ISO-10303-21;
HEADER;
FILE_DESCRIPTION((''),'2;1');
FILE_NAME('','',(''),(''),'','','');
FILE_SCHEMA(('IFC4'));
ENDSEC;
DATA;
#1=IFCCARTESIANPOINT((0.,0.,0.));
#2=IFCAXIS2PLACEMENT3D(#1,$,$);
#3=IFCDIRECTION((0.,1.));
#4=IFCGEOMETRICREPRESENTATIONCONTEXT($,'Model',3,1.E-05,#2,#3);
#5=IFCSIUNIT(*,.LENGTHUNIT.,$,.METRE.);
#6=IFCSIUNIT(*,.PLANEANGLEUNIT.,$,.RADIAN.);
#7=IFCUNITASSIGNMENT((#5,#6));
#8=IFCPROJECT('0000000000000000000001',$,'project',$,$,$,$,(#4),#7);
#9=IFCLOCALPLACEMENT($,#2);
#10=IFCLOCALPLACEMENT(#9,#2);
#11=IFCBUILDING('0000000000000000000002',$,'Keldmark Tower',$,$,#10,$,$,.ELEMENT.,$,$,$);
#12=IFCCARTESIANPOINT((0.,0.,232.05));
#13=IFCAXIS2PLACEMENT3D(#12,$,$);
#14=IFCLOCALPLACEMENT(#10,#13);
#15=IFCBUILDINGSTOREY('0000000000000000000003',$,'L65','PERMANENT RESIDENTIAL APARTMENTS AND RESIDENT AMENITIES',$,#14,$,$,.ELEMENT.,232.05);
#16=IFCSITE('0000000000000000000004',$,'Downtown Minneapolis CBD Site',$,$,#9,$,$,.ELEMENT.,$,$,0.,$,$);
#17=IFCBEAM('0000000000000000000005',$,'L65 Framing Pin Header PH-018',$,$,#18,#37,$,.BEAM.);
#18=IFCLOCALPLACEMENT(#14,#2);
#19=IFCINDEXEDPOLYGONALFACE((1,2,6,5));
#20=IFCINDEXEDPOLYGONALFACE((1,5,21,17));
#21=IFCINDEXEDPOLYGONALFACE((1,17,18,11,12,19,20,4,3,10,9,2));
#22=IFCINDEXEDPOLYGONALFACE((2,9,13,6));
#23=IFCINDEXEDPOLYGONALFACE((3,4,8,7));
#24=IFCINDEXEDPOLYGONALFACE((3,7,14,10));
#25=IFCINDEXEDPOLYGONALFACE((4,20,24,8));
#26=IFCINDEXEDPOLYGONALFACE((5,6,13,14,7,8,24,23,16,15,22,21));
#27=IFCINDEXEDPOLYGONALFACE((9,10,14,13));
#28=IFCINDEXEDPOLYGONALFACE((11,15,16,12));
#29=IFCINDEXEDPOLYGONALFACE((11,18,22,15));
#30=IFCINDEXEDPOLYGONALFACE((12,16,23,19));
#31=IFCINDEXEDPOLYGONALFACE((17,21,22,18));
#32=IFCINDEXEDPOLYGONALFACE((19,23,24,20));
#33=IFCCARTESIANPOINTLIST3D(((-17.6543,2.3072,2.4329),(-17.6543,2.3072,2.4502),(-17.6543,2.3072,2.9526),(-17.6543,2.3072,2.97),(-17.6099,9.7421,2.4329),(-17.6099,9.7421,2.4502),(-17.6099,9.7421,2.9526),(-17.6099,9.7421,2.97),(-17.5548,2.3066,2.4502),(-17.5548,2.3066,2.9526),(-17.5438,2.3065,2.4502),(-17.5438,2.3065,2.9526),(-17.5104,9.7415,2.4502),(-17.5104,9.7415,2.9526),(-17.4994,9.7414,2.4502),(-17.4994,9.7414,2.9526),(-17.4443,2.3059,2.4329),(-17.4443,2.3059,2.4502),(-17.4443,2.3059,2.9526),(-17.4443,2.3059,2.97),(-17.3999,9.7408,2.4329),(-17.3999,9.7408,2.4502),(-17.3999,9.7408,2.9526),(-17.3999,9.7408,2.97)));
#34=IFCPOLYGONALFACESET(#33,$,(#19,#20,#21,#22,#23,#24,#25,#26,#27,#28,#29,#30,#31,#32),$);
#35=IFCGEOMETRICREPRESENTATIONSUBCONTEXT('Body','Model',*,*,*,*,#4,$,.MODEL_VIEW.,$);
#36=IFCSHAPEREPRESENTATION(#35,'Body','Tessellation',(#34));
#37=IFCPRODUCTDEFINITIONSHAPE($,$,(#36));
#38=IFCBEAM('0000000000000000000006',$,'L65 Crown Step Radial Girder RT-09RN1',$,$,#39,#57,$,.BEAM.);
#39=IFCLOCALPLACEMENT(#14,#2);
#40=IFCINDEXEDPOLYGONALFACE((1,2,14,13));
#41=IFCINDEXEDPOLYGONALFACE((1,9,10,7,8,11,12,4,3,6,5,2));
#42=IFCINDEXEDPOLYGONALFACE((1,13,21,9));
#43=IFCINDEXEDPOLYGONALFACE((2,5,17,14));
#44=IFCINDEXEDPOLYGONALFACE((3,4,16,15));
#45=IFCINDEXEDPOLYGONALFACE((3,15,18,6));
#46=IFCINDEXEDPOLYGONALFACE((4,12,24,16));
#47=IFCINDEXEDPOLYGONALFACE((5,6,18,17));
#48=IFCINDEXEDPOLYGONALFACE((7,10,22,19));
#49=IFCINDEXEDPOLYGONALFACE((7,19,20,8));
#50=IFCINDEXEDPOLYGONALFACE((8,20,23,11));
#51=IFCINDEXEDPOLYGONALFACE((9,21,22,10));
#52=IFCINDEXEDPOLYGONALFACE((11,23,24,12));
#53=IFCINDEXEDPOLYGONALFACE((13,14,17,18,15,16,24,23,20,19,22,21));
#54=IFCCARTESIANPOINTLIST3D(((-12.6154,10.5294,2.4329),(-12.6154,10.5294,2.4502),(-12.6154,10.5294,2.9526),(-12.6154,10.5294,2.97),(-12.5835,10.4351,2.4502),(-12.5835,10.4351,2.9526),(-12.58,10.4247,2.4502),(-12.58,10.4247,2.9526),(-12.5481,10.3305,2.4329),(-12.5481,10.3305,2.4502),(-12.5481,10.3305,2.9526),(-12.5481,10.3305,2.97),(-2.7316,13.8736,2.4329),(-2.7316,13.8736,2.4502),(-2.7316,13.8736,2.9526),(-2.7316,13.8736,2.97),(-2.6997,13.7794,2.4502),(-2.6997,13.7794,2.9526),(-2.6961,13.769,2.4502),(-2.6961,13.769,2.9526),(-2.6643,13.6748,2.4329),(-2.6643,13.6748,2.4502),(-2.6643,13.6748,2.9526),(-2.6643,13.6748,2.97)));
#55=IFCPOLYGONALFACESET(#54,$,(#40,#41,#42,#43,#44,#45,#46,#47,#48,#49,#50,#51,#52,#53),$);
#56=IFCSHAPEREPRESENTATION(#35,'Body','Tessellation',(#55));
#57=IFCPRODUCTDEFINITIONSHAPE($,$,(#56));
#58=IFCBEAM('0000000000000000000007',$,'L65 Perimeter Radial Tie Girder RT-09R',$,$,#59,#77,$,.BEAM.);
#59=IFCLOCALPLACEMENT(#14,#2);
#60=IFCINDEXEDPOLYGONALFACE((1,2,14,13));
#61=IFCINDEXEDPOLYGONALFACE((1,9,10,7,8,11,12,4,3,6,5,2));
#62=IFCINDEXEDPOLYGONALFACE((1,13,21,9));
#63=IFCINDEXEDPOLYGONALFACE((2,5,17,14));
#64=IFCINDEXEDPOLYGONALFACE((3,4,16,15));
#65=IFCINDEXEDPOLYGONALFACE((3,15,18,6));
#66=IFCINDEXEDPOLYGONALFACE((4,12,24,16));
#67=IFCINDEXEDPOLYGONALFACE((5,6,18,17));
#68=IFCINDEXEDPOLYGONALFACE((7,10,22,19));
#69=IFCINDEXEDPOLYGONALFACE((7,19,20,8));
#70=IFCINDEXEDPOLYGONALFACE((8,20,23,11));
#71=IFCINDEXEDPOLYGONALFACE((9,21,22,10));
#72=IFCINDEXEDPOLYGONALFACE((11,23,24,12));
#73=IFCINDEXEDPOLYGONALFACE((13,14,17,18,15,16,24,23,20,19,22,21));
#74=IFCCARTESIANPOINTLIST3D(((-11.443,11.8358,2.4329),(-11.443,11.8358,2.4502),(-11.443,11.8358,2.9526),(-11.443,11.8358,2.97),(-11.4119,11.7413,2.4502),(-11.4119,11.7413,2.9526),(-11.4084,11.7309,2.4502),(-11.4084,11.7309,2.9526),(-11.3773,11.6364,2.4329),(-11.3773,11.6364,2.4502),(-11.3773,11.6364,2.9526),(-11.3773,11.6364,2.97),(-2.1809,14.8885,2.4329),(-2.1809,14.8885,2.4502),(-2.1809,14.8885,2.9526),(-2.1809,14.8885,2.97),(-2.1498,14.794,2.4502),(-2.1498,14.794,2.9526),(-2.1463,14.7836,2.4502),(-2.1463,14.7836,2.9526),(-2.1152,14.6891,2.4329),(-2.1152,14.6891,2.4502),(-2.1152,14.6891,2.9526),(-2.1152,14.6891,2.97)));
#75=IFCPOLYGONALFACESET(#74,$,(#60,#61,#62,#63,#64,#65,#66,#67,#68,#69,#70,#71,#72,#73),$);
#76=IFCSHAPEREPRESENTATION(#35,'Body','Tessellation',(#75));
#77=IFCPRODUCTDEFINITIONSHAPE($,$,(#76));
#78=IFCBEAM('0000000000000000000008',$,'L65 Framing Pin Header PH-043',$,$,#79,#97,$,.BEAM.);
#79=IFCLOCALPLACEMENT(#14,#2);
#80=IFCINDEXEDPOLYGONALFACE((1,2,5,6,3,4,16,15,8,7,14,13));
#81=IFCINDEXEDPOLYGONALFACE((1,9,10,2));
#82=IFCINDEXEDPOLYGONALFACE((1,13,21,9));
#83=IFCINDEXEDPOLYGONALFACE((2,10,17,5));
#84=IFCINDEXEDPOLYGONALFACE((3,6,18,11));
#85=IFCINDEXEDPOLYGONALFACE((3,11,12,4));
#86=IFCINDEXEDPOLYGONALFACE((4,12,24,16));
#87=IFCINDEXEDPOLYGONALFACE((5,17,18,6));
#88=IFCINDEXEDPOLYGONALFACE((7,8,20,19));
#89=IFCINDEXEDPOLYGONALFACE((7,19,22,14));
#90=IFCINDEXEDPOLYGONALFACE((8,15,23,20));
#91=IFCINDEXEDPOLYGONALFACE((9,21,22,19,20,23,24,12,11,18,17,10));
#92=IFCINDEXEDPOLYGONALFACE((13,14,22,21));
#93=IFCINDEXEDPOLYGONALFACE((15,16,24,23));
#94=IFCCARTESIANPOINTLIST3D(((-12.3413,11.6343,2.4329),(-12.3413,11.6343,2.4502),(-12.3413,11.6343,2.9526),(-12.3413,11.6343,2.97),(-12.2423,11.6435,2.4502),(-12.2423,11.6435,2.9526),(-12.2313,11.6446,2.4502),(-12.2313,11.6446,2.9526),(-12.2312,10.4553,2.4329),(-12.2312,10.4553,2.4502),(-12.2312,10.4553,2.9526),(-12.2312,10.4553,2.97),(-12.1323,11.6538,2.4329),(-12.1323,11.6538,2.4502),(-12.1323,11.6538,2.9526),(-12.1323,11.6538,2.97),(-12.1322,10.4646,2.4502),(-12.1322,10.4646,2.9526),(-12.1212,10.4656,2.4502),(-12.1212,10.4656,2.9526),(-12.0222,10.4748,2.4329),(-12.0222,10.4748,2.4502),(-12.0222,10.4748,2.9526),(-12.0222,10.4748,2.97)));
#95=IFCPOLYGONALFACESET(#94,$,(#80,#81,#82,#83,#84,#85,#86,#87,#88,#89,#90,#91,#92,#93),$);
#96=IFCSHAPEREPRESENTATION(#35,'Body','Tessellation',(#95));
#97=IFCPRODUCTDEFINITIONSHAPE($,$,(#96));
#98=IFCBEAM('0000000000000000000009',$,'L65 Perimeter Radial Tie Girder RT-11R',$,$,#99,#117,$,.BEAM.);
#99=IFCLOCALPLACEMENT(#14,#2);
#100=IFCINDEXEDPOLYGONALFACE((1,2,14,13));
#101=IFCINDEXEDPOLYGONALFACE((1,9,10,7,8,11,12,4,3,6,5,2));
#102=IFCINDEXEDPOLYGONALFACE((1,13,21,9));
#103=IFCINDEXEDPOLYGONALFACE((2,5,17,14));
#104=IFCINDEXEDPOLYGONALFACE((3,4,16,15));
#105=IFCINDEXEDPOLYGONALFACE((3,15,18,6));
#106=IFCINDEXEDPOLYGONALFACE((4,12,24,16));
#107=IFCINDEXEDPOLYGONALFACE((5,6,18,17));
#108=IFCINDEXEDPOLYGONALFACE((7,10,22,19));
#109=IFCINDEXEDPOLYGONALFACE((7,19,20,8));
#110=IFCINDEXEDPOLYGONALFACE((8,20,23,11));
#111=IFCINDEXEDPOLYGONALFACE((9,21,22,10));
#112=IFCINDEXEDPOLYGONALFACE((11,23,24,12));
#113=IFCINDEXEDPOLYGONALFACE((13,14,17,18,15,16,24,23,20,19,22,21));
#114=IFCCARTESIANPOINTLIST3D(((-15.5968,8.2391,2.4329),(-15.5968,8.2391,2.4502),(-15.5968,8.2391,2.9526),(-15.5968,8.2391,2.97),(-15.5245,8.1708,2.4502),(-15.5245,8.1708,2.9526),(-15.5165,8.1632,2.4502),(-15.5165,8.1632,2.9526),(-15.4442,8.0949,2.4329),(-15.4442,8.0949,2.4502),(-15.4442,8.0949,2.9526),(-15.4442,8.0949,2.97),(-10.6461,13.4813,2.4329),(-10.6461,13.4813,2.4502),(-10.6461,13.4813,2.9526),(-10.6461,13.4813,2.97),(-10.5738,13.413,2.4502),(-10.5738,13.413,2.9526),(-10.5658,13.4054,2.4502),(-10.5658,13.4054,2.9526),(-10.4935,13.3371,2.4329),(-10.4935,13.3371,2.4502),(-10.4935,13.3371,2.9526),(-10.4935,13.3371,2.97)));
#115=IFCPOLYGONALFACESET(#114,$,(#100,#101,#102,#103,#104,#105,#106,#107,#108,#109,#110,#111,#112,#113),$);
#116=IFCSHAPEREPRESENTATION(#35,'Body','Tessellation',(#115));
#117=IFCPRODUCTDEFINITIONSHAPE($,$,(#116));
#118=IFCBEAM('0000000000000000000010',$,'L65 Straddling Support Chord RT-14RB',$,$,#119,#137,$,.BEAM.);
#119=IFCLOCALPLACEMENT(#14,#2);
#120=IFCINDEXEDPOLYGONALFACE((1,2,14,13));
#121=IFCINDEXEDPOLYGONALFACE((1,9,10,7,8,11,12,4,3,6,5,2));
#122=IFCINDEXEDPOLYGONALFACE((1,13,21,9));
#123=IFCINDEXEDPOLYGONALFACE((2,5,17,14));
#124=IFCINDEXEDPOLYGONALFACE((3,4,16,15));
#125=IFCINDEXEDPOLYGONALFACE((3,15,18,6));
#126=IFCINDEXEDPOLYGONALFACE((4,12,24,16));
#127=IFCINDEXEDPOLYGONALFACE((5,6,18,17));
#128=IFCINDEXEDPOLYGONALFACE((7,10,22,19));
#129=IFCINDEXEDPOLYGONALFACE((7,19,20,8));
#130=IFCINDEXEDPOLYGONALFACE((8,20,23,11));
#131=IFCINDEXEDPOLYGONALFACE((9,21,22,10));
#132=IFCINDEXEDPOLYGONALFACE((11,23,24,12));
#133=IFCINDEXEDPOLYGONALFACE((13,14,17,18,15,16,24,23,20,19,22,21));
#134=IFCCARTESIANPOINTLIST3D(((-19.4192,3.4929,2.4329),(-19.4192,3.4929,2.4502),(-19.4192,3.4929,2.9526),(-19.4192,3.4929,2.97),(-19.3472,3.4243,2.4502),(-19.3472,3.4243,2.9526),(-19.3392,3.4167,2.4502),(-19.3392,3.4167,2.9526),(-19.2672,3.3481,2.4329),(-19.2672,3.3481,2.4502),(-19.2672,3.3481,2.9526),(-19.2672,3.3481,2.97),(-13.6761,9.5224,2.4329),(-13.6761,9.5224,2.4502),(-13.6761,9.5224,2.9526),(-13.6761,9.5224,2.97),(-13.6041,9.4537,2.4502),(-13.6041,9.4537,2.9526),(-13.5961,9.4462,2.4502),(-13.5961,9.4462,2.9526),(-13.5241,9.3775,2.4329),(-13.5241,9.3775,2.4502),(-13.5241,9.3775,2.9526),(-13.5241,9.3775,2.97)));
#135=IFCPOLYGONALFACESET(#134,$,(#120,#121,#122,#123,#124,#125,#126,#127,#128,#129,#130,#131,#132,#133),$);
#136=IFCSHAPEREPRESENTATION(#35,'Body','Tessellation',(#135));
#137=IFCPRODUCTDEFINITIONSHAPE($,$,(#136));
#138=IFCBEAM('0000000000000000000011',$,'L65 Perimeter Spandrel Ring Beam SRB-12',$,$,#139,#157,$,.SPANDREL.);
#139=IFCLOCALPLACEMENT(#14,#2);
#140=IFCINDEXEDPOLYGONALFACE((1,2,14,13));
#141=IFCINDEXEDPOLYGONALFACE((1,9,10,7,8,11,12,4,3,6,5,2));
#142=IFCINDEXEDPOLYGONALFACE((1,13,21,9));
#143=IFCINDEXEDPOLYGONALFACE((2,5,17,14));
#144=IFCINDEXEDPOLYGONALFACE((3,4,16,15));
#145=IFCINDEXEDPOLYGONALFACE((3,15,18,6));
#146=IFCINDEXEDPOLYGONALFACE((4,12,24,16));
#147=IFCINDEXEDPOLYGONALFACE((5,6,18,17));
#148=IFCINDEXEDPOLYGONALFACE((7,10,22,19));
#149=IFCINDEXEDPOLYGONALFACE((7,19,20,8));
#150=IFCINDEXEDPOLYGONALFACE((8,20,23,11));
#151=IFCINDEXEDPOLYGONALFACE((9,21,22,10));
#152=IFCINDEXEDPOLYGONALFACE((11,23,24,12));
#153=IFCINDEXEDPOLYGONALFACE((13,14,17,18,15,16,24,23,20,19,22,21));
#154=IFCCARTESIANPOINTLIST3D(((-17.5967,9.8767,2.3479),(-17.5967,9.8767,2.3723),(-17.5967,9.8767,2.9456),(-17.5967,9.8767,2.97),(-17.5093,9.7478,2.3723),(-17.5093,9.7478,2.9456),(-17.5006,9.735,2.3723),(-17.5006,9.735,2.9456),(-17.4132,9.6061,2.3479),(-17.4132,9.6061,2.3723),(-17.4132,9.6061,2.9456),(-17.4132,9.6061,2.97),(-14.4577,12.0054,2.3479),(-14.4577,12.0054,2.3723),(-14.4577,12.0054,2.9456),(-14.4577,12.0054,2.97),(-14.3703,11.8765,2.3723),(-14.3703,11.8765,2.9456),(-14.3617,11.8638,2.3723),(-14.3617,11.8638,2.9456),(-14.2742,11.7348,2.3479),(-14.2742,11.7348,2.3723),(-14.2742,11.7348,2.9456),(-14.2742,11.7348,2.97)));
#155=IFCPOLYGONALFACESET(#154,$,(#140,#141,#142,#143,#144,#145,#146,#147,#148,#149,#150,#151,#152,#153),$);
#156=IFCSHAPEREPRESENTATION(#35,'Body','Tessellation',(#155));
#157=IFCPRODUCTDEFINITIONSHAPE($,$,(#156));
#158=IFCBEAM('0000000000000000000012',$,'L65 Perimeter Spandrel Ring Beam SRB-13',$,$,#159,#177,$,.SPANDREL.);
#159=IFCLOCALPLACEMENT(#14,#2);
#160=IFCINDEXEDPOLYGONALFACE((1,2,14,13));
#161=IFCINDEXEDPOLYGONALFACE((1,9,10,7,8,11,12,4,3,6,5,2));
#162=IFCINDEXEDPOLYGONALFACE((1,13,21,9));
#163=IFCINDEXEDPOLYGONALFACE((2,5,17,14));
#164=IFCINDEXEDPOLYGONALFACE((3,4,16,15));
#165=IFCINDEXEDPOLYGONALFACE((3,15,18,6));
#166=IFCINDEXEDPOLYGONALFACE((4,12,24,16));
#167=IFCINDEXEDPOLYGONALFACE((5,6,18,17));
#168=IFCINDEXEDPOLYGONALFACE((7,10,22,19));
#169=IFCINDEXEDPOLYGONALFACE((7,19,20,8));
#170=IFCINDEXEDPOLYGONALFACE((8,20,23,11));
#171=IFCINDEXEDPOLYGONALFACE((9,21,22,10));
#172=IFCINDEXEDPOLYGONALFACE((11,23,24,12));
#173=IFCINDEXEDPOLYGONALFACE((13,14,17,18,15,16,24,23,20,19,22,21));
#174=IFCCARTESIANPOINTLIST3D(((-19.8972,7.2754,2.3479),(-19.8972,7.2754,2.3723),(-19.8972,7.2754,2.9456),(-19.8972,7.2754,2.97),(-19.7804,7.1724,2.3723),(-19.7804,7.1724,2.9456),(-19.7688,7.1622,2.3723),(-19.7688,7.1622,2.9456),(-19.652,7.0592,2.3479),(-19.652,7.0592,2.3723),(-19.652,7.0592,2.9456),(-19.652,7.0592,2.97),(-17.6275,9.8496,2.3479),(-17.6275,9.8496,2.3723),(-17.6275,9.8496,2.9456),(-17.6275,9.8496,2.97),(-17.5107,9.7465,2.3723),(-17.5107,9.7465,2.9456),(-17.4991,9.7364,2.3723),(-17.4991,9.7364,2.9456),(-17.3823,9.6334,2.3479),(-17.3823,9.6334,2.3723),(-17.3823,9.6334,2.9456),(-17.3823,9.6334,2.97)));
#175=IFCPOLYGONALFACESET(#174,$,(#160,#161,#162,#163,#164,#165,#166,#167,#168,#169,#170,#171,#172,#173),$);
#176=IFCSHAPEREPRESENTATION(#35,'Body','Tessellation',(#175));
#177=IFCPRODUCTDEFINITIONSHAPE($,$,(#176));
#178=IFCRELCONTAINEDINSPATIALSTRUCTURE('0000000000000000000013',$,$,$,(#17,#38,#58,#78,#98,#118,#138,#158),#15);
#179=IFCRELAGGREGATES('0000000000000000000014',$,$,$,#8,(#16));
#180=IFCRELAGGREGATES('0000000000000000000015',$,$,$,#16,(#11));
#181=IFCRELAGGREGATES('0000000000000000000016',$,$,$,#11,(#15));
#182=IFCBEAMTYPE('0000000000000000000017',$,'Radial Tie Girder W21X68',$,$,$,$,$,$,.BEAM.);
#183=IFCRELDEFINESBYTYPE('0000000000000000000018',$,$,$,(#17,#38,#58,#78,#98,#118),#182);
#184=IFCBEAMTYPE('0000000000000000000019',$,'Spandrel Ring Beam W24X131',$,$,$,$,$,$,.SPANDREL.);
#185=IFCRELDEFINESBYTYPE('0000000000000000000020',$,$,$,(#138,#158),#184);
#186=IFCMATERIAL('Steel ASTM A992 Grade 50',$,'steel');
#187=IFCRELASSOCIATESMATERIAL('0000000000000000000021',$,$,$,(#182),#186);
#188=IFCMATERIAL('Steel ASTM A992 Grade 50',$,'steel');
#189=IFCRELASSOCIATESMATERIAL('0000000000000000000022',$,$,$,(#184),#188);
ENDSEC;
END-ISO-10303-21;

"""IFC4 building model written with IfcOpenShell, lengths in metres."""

from ifc_helpers import new_model, si_unit, direction, frame, origin, origin_2d, place, context, subcontext, project, spatial, i_section, extrude, material, material_profile, profile_set, type_object, element, save


model = new_model("IFC4")

# Units and contexts
model_context = context("Model", 3, precision=1e-05, world=origin(), true_north=direction((0.0, 1.0)))
body_context = subcontext(model_context, "Body", "Model", "MODEL_VIEW")
ifc_project = project(units=[si_unit("LENGTHUNIT", "METRE"), si_unit("PLANEANGLEUNIT", "RADIAN")], contexts=[model_context])

# Site, building, storey
site_placement = place(None, origin())
site = spatial("IfcSite", under=ifc_project, at=site_placement, Name="Downtown Minneapolis CBD Site", CompositionType="ELEMENT", RefElevation=0.0)
building_placement = place(site_placement, origin())
building = spatial("IfcBuilding", under=site, at=building_placement, Name="Keldmark Tower", CompositionType="ELEMENT")
storey_placement = place(building_placement, frame((0.0, 0.0, 232.05)))
storey = spatial("IfcBuildingStorey", under=building, at=storey_placement, Name="L65", Description="PERMANENT RESIDENTIAL APARTMENTS AND RESIDENT AMENITIES", CompositionType="ELEMENT", Elevation=232.05)

# Beams
ifc_material_1 = material(Name="Steel ASTM A992 Grade 50", Category="steel")
ifc_material_profile_1 = material_profile(ifc_material_1, i_section(OverallWidth=0.21, OverallDepth=0.5371, WebThickness=0.011, FlangeThickness=0.0173, at=origin_2d()), Name="W21X68")
ifc_profile_set_1 = profile_set([ifc_material_profile_1], Name="Steel ASTM A992 Grade 50")
beam_type_1 = type_object("IfcBeamType", Name="Radial Tie Girder W21X68", PredefinedType="BEAM", material=ifc_profile_set_1)
beam_1_placement = place(storey_placement, frame((-17.5049, 9.7415, 2.7014), z_axis=(-0.005976, -0.999982, 0.0), x_axis=(0.999982, -0.005976, 0.0)))
element("IfcBeam", 1, at=beam_1_placement, inside=storey, type_object=beam_type_1, Name="L65 Framing Pin Header PH-018", PredefinedType="BEAM", context=body_context, shape_type="SweptSolid", body=[
    extrude(i_section(OverallWidth=0.21, OverallDepth=0.5371, WebThickness=0.011, FlangeThickness=0.0173, at=origin_2d()), origin(), (0.0, 0.0, 1.0), 7.4351),
])
beam_2_placement = place(storey_placement, frame((-12.5818, 10.4299, 2.7014), z_axis=(0.947246, 0.320506, 0.0), x_axis=(-0.320506, 0.947246, 0.0)))
element("IfcBeam", 2, at=beam_2_placement, inside=storey, type_object=beam_type_1, Name="L65 Crown Step Radial Girder RT-09RN1", PredefinedType="BEAM", context=body_context, shape_type="SweptSolid", body=[
    extrude(i_section(OverallWidth=0.21, OverallDepth=0.5371, WebThickness=0.011, FlangeThickness=0.0173, at=origin_2d()), origin(), (0.0, 0.0, 1.0), 10.4343),
])
beam_3_placement = place(storey_placement, frame((-11.4102, 11.7361, 2.7014), z_axis=(0.949744, 0.313027, 0.0), x_axis=(-0.313027, 0.949744, 0.0)))
element("IfcBeam", 3, at=beam_3_placement, inside=storey, type_object=beam_type_1, Name="L65 Perimeter Radial Tie Girder RT-09R", PredefinedType="BEAM", context=body_context, shape_type="SweptSolid", body=[
    extrude(i_section(OverallWidth=0.21, OverallDepth=0.5371, WebThickness=0.011, FlangeThickness=0.0173, at=origin_2d()), origin(), (0.0, 0.0, 1.0), 9.7522),
])
beam_4_placement = place(storey_placement, frame((-12.1267, 10.4651, 2.7014), z_axis=(-0.092989, 0.995667, 0.0), x_axis=(-0.995667, -0.092989, 0.0)))
element("IfcBeam", 4, at=beam_4_placement, inside=storey, type_object=beam_type_1, Name="L65 Framing Pin Header PH-043", PredefinedType="BEAM", context=body_context, shape_type="SweptSolid", body=[
    extrude(i_section(OverallWidth=0.21, OverallDepth=0.5371, WebThickness=0.011, FlangeThickness=0.0173, at=origin_2d()), origin(), (0.0, 0.0, 1.0), 1.1841),
])
beam_5_placement = place(storey_placement, frame((-15.5205, 8.167, 2.7014), z_axis=(0.686604, 0.727032, 0.0), x_axis=(-0.727032, 0.686604, 0.0)))
element("IfcBeam", 5, at=beam_5_placement, inside=storey, type_object=beam_type_1, Name="L65 Perimeter Radial Tie Girder RT-11R", PredefinedType="BEAM", context=body_context, shape_type="SweptSolid", body=[
    extrude(i_section(OverallWidth=0.21, OverallDepth=0.5371, WebThickness=0.011, FlangeThickness=0.0173, at=origin_2d()), origin(), (0.0, 0.0, 1.0), 7.2104),
])
beam_6_placement = place(storey_placement, frame((-13.6001, 9.45, 2.7014), z_axis=(-0.689702, -0.724093, 0.0), x_axis=(0.724093, -0.689702, 0.0)))
element("IfcBeam", 6, at=beam_6_placement, inside=storey, type_object=beam_type_1, Name="L65 Straddling Support Chord RT-14RB", PredefinedType="BEAM", context=body_context, shape_type="SweptSolid", body=[
    extrude(i_section(OverallWidth=0.21, OverallDepth=0.5371, WebThickness=0.011, FlangeThickness=0.0173, at=origin_2d()), origin(), (0.0, 0.0, 1.0), 8.3269),
])
ifc_material_2 = material(Name="Steel ASTM A992 Grade 50", Category="steel")
ifc_material_profile_2 = material_profile(ifc_material_2, i_section(OverallWidth=0.3269, OverallDepth=0.6221, WebThickness=0.0154, FlangeThickness=0.0244, at=origin_2d()), Name="W24X131")
ifc_profile_set_2 = profile_set([ifc_material_profile_2], Name="Steel ASTM A992 Grade 50")
beam_type_2 = type_object("IfcBeamType", Name="Spandrel Ring Beam W24X131", PredefinedType="SPANDREL", material=ifc_profile_set_2)
beam_7_placement = place(storey_placement, frame((-14.366, 11.8701, 2.6589), z_axis=(-0.827637, -0.561264, 0.0), x_axis=(0.561264, -0.827637, 0.0)))
element("IfcBeam", 7, at=beam_7_placement, inside=storey, type_object=beam_type_2, Name="L65 Perimeter Spandrel Ring Beam SRB-12", PredefinedType="SPANDREL", context=body_context, shape_type="SweptSolid", body=[
    extrude(i_section(OverallWidth=0.3269, OverallDepth=0.6221, WebThickness=0.0154, FlangeThickness=0.0244, at=origin_2d()), origin(), (0.0, 0.0, 1.0), 3.7927),
])
beam_8_placement = place(storey_placement, frame((-17.5049, 9.7415, 2.6589), z_axis=(-0.66136, -0.750068, 0.0), x_axis=(0.750068, -0.66136, 0.0)))
element("IfcBeam", 8, at=beam_8_placement, inside=storey, type_object=beam_type_2, Name="L65 Perimeter Spandrel Ring Beam SRB-13", PredefinedType="SPANDREL", context=body_context, shape_type="SweptSolid", body=[
    extrude(i_section(OverallWidth=0.3269, OverallDepth=0.6221, WebThickness=0.0154, FlangeThickness=0.0244, at=origin_2d()), origin(), (0.0, 0.0, 1.0), 3.4319),
])

save(model, "model.ifc")
